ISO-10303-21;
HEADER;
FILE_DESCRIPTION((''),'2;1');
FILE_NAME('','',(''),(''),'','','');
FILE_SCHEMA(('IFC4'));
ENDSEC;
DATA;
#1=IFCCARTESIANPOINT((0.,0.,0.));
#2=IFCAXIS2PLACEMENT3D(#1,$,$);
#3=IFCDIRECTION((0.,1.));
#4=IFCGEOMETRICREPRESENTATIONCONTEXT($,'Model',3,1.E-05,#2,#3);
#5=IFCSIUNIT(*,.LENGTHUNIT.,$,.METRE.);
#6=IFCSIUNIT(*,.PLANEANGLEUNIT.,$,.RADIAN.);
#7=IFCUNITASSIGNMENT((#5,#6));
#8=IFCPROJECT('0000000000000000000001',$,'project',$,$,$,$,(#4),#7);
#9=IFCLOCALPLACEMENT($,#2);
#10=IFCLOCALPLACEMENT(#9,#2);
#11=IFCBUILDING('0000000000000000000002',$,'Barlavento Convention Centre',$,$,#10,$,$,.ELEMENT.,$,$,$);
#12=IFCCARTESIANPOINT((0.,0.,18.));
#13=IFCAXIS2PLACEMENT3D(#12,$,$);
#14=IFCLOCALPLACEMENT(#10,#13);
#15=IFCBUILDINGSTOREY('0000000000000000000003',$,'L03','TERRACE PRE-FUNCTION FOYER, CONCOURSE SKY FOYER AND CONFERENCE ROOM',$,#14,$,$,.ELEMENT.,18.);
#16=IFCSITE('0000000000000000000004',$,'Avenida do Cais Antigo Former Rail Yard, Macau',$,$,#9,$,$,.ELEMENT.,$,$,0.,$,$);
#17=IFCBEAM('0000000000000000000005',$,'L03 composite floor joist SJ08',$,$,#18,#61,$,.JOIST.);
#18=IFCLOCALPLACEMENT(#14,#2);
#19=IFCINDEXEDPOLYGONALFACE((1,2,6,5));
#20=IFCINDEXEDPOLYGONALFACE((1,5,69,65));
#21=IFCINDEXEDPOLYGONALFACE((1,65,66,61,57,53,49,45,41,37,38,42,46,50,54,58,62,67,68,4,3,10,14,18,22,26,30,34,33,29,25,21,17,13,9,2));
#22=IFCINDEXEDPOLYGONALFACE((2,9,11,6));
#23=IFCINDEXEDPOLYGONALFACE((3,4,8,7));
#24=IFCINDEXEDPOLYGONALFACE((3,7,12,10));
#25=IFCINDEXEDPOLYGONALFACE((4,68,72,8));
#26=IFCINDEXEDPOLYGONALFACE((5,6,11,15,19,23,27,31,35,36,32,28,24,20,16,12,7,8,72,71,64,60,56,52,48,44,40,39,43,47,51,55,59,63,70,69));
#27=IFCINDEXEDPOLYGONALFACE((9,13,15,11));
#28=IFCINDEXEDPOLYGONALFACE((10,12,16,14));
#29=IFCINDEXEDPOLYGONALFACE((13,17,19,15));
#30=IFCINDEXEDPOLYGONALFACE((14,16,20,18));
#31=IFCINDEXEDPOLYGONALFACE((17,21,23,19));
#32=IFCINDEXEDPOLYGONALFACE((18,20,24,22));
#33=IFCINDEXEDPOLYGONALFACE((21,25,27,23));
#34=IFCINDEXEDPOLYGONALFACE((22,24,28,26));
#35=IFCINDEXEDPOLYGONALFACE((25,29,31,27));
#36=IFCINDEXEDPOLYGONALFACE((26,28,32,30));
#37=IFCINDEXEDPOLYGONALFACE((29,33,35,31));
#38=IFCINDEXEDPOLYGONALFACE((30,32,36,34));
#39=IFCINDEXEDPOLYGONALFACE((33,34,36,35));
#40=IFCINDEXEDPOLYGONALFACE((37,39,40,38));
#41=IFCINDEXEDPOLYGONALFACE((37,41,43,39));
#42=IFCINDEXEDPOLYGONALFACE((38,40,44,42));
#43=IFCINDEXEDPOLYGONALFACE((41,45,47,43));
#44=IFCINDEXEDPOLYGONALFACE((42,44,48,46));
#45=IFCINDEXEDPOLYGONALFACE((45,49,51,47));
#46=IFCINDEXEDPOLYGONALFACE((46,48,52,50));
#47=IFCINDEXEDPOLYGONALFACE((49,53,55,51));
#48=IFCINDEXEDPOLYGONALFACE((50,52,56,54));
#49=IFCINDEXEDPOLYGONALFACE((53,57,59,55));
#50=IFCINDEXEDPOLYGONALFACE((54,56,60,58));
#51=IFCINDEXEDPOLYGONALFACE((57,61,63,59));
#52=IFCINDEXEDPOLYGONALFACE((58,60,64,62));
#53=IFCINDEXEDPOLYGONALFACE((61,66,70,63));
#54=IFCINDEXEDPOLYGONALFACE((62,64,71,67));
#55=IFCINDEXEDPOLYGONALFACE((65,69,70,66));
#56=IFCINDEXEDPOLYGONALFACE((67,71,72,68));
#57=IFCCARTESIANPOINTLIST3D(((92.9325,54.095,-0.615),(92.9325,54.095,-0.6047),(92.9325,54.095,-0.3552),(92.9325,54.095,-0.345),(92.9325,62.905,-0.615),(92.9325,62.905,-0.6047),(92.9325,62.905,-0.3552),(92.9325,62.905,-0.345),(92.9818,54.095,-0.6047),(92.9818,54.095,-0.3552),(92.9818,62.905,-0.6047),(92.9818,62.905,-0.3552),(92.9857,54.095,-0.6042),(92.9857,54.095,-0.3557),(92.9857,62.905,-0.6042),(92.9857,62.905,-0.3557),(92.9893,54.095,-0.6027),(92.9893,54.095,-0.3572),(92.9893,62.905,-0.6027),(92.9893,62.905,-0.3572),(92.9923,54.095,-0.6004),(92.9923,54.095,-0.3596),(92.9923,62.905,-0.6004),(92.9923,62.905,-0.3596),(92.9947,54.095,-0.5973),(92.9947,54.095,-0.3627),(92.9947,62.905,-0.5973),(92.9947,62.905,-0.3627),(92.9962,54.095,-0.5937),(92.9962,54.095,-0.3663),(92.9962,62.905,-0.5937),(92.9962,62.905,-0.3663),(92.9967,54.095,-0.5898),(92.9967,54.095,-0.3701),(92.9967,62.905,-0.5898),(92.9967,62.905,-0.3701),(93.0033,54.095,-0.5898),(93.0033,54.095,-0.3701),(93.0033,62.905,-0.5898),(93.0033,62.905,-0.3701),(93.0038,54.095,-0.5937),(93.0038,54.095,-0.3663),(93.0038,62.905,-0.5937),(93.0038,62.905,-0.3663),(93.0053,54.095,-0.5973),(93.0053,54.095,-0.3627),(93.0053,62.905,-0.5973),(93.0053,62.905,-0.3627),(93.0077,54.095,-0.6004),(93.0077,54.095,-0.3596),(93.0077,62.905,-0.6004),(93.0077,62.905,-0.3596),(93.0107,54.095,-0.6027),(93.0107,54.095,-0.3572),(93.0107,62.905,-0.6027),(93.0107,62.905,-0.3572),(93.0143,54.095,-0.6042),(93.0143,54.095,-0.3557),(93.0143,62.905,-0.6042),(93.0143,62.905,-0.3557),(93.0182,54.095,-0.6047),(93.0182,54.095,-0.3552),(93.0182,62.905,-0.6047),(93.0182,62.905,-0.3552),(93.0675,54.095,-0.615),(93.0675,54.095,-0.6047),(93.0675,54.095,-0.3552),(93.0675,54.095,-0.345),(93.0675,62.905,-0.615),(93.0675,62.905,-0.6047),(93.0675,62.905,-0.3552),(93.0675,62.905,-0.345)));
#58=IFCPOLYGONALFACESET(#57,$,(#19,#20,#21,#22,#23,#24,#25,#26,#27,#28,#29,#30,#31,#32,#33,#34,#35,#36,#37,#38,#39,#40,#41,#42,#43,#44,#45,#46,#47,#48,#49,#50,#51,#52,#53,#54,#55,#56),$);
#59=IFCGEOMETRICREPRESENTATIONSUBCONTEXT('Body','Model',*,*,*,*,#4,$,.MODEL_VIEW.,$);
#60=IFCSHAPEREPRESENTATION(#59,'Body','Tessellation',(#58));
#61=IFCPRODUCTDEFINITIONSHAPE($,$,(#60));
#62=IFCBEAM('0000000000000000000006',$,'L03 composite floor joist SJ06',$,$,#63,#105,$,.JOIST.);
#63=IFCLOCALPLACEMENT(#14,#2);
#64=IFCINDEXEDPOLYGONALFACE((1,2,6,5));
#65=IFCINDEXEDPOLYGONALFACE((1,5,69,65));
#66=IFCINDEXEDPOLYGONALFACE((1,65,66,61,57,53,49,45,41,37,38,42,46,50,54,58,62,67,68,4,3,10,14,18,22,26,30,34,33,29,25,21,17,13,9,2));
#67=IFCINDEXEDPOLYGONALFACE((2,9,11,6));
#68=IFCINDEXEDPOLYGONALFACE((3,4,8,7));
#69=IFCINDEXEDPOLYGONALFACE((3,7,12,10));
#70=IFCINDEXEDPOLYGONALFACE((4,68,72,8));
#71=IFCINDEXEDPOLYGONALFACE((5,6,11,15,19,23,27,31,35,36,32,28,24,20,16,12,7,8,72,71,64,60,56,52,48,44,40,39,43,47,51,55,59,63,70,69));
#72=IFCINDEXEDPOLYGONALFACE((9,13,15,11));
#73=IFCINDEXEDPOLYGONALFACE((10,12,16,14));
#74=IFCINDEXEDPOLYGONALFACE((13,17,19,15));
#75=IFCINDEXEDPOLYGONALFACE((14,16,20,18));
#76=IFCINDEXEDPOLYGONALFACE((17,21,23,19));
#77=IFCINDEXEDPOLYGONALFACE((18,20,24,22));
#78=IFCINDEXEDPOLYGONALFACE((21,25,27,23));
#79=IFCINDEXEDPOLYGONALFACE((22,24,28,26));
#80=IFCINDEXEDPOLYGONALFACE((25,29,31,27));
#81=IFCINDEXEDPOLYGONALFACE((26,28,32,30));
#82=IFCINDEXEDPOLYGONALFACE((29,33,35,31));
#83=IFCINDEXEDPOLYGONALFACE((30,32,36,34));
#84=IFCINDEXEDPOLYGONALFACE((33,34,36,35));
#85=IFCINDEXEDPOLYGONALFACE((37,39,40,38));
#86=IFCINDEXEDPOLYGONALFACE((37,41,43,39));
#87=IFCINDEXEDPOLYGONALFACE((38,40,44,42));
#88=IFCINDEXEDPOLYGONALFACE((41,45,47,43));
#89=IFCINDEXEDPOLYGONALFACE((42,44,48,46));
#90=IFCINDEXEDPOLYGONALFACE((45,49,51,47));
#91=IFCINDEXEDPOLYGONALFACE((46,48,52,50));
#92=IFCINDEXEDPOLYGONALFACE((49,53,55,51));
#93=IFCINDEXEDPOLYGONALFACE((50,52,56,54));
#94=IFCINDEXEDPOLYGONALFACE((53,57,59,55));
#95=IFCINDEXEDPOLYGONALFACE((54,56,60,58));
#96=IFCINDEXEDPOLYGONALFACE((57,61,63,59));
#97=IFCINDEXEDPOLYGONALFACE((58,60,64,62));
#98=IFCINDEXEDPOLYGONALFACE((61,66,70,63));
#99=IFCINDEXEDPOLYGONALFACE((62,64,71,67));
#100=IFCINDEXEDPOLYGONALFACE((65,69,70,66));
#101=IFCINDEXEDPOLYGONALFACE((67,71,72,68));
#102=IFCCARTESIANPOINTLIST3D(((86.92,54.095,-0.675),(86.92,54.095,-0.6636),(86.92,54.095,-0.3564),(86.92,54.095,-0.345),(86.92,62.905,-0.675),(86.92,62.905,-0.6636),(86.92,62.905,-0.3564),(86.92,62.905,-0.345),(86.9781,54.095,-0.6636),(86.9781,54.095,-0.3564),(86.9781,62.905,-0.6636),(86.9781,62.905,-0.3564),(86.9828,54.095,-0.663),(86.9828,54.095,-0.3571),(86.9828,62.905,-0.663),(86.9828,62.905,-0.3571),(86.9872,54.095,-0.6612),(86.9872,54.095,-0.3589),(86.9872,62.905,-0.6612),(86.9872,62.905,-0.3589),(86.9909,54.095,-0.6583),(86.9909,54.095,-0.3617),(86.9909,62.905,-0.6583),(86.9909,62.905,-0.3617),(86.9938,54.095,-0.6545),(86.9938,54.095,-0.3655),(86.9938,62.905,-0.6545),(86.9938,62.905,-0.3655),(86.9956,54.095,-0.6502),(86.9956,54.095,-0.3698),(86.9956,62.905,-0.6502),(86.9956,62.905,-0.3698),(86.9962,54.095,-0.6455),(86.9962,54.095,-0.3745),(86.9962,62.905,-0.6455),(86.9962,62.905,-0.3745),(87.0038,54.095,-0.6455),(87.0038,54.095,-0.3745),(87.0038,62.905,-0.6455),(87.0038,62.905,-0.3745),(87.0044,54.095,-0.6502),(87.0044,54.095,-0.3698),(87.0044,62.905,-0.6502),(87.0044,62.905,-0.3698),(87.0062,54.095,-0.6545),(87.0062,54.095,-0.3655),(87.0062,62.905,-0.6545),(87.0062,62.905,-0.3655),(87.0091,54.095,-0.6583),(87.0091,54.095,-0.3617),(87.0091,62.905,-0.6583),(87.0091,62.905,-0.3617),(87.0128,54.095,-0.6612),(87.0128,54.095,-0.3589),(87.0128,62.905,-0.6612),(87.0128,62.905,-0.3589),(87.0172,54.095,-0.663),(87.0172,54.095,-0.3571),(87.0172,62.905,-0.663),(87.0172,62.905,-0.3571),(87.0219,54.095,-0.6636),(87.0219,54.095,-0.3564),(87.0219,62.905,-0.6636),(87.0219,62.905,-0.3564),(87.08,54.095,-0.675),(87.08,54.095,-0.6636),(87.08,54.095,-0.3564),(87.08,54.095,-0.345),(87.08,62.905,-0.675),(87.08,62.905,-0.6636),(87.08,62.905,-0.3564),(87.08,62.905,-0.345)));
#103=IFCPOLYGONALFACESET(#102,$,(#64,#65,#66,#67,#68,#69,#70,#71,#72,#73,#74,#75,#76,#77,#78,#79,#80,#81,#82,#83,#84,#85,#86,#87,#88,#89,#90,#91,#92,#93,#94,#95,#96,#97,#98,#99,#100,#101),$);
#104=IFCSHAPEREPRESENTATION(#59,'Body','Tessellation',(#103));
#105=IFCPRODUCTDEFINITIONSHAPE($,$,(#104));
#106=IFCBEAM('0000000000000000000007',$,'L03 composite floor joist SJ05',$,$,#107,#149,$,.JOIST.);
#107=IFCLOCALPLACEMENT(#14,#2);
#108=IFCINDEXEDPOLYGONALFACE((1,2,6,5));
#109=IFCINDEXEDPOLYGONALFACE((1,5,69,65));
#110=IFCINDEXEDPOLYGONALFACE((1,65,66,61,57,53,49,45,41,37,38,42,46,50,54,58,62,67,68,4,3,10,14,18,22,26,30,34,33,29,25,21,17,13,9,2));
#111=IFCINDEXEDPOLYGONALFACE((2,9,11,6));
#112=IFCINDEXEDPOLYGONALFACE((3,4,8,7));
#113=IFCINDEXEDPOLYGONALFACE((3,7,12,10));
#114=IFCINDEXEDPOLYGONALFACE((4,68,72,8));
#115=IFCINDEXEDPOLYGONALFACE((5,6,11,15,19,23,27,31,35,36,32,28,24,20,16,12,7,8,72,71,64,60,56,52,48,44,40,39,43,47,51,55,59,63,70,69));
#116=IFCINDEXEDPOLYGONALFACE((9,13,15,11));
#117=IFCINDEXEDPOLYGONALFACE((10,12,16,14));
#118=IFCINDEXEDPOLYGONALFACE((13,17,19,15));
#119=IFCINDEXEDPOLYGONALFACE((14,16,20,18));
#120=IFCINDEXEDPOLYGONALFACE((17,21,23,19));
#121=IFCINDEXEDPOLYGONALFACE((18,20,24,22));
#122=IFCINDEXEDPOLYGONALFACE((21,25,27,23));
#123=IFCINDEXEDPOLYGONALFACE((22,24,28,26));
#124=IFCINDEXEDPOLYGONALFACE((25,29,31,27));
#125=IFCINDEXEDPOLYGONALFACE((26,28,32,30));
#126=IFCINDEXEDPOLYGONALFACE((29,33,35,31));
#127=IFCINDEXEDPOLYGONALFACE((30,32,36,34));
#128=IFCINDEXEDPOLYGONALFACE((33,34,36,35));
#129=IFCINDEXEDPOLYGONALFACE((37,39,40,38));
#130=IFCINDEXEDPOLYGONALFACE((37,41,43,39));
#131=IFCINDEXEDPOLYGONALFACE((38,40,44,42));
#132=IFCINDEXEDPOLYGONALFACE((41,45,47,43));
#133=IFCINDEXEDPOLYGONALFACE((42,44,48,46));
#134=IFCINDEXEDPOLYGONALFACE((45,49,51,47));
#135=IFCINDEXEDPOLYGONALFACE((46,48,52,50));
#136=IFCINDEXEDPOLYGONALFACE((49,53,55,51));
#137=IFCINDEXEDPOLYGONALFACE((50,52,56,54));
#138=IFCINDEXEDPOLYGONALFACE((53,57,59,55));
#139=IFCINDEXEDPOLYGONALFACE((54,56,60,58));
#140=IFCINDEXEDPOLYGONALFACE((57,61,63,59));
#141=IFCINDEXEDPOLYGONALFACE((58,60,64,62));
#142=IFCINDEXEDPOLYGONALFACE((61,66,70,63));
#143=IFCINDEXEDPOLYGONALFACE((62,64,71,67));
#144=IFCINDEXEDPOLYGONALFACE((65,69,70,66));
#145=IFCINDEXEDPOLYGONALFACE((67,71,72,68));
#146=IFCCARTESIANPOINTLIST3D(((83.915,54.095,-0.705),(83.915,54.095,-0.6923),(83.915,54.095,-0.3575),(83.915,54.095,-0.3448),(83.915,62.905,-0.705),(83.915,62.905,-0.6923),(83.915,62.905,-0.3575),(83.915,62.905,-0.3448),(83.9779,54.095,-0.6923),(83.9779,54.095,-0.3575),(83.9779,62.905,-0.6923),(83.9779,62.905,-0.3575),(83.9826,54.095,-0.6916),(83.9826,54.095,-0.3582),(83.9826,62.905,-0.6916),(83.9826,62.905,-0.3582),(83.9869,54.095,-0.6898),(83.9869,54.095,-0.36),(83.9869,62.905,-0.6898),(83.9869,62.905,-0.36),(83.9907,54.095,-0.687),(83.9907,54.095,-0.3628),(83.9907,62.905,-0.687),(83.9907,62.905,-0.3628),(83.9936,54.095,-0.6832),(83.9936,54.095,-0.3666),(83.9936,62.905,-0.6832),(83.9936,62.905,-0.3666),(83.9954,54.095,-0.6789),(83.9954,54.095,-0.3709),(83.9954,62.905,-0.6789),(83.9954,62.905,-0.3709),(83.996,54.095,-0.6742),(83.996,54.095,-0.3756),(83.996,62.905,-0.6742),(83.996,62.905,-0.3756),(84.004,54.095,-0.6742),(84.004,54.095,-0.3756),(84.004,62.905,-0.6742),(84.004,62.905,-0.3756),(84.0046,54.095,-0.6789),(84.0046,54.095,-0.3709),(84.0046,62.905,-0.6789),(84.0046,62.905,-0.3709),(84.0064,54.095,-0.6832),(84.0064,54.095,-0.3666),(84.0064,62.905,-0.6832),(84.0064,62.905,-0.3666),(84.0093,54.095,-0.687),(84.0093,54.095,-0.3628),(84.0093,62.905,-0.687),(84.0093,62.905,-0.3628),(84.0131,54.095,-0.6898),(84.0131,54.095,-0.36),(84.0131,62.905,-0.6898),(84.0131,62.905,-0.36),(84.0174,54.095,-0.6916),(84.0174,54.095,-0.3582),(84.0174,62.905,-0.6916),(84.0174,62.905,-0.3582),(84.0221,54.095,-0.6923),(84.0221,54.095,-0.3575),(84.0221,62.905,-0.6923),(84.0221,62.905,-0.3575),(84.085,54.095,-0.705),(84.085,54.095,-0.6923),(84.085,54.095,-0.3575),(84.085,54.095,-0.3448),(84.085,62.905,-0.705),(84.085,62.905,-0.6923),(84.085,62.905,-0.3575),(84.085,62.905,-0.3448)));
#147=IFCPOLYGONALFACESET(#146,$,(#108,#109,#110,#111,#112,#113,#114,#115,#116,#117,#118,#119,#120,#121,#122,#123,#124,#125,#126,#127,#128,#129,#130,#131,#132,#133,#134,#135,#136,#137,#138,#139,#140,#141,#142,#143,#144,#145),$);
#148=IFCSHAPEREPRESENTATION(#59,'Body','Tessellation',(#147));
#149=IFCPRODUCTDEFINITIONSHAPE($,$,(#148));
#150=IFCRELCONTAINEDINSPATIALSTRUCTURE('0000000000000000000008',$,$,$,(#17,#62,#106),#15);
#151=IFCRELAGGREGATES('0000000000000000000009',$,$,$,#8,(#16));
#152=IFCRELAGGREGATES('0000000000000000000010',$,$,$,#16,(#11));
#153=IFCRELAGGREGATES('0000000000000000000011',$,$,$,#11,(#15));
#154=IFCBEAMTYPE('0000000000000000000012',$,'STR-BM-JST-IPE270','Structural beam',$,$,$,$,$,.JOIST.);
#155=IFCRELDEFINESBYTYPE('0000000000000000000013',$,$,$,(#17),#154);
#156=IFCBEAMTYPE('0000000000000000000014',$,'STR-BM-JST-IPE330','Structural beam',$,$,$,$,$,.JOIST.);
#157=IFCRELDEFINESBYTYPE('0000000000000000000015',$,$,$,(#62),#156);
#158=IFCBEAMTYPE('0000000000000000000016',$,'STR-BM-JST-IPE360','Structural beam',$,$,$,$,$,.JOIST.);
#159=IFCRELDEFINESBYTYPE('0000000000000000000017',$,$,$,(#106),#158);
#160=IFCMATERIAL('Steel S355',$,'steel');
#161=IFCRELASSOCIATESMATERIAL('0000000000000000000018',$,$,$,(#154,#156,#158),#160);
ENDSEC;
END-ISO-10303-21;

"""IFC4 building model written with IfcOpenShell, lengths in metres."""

from ifc_helpers import new_model, si_unit, direction, frame, origin, origin_2d, place, context, subcontext, project, spatial, i_section, extrude, material, material_profile, profile_set, type_object, element, save


model = new_model("IFC4")

# Units and contexts
model_context = context("Model", 3, precision=1e-05, world=origin(), true_north=direction((0.0, 1.0)))
body_context = subcontext(model_context, "Body", "Model", "MODEL_VIEW")
ifc_project = project(units=[si_unit("LENGTHUNIT", "METRE"), si_unit("PLANEANGLEUNIT", "RADIAN")], contexts=[model_context])

# Site, building, storey
site_placement = place(None, origin())
site = spatial("IfcSite", under=ifc_project, at=site_placement, Name="Avenida do Cais Antigo Former Rail Yard, Macau", CompositionType="ELEMENT", RefElevation=0.0)
building_placement = place(site_placement, origin())
building = spatial("IfcBuilding", under=site, at=building_placement, Name="Barlavento Convention Centre", CompositionType="ELEMENT")
storey_placement = place(building_placement, frame((0.0, 0.0, 18.0)))
storey = spatial("IfcBuildingStorey", under=building, at=storey_placement, Name="L03", Description="TERRACE PRE-FUNCTION FOYER, CONCOURSE SKY FOYER AND CONFERENCE ROOM", CompositionType="ELEMENT", Elevation=18.0)

# Beams
ifc_material_1 = material(Name="Steel S355", Category="steel")
ifc_material_profile_1 = material_profile(ifc_material_1, i_section(OverallWidth=0.135, OverallDepth=0.27, WebThickness=0.0066, FlangeThickness=0.0103, FilletRadius=0.0149, at=origin_2d()), Name="IPE 270")
ifc_profile_set_1 = profile_set([ifc_material_profile_1], Name="Steel S355")
beam_type_1 = type_object("IfcBeamType", Name="STR-BM-JST-IPE270", Description="Structural beam", PredefinedType="JOIST", material=ifc_profile_set_1)
beam_1_placement = place(storey_placement, frame((93.0, 54.095, -0.48), z_axis=(0.0, 1.0, 0.0), x_axis=(-1.0, 0.0, 0.0)))
element("IfcBeam", 1, at=beam_1_placement, inside=storey, type_object=beam_type_1, Name="L03 composite floor joist SJ08", PredefinedType="JOIST", context=body_context, shape_type="SweptSolid", body=[
    extrude(i_section(OverallWidth=0.135, OverallDepth=0.27, WebThickness=0.0066, FlangeThickness=0.0103, FilletRadius=0.0149, at=origin_2d()), origin(), (0.0, 0.0, 1.0), 8.8101),
])
ifc_material_profile_2 = material_profile(ifc_material_1, i_section(OverallWidth=0.1599, OverallDepth=0.3301, WebThickness=0.0076, FlangeThickness=0.0115, FilletRadius=0.0181, at=origin_2d()), Name="IPE 330")
ifc_profile_set_2 = profile_set([ifc_material_profile_2], Name="Steel S355")
beam_type_2 = type_object("IfcBeamType", Name="STR-BM-JST-IPE330", Description="Structural beam", PredefinedType="JOIST", material=ifc_profile_set_2)
beam_2_placement = place(storey_placement, frame((87.0, 54.095, -0.51), z_axis=(0.0, 1.0, 0.0), x_axis=(-1.0, 0.0, 0.0)))
element("IfcBeam", 2, at=beam_2_placement, inside=storey, type_object=beam_type_2, Name="L03 composite floor joist SJ06", PredefinedType="JOIST", context=body_context, shape_type="SweptSolid", body=[
    extrude(i_section(OverallWidth=0.1599, OverallDepth=0.3301, WebThickness=0.0076, FlangeThickness=0.0115, FilletRadius=0.0181, at=origin_2d()), origin(), (0.0, 0.0, 1.0), 8.8101),
])
ifc_material_profile_3 = material_profile(ifc_material_1, i_section(OverallWidth=0.1699, OverallDepth=0.3601, WebThickness=0.0081, FlangeThickness=0.0127, FilletRadius=0.0181, at=origin_2d()), Name="IPE 360")
ifc_profile_set_3 = profile_set([ifc_material_profile_3], Name="Steel S355")
beam_type_3 = type_object("IfcBeamType", Name="STR-BM-JST-IPE360", Description="Structural beam", PredefinedType="JOIST", material=ifc_profile_set_3)
beam_3_placement = place(storey_placement, frame((84.0, 54.095, -0.5249), z_axis=(0.0, 1.0, 0.0), x_axis=(-1.0, 0.0, 0.0)))
element("IfcBeam", 3, at=beam_3_placement, inside=storey, type_object=beam_type_3, Name="L03 composite floor joist SJ05", PredefinedType="JOIST", context=body_context, shape_type="SweptSolid", body=[
    extrude(i_section(OverallWidth=0.1699, OverallDepth=0.3601, WebThickness=0.0081, FlangeThickness=0.0127, FilletRadius=0.0181, at=origin_2d()), origin(), (0.0, 0.0, 1.0), 8.8101),
])

save(model, "model.ifc")
